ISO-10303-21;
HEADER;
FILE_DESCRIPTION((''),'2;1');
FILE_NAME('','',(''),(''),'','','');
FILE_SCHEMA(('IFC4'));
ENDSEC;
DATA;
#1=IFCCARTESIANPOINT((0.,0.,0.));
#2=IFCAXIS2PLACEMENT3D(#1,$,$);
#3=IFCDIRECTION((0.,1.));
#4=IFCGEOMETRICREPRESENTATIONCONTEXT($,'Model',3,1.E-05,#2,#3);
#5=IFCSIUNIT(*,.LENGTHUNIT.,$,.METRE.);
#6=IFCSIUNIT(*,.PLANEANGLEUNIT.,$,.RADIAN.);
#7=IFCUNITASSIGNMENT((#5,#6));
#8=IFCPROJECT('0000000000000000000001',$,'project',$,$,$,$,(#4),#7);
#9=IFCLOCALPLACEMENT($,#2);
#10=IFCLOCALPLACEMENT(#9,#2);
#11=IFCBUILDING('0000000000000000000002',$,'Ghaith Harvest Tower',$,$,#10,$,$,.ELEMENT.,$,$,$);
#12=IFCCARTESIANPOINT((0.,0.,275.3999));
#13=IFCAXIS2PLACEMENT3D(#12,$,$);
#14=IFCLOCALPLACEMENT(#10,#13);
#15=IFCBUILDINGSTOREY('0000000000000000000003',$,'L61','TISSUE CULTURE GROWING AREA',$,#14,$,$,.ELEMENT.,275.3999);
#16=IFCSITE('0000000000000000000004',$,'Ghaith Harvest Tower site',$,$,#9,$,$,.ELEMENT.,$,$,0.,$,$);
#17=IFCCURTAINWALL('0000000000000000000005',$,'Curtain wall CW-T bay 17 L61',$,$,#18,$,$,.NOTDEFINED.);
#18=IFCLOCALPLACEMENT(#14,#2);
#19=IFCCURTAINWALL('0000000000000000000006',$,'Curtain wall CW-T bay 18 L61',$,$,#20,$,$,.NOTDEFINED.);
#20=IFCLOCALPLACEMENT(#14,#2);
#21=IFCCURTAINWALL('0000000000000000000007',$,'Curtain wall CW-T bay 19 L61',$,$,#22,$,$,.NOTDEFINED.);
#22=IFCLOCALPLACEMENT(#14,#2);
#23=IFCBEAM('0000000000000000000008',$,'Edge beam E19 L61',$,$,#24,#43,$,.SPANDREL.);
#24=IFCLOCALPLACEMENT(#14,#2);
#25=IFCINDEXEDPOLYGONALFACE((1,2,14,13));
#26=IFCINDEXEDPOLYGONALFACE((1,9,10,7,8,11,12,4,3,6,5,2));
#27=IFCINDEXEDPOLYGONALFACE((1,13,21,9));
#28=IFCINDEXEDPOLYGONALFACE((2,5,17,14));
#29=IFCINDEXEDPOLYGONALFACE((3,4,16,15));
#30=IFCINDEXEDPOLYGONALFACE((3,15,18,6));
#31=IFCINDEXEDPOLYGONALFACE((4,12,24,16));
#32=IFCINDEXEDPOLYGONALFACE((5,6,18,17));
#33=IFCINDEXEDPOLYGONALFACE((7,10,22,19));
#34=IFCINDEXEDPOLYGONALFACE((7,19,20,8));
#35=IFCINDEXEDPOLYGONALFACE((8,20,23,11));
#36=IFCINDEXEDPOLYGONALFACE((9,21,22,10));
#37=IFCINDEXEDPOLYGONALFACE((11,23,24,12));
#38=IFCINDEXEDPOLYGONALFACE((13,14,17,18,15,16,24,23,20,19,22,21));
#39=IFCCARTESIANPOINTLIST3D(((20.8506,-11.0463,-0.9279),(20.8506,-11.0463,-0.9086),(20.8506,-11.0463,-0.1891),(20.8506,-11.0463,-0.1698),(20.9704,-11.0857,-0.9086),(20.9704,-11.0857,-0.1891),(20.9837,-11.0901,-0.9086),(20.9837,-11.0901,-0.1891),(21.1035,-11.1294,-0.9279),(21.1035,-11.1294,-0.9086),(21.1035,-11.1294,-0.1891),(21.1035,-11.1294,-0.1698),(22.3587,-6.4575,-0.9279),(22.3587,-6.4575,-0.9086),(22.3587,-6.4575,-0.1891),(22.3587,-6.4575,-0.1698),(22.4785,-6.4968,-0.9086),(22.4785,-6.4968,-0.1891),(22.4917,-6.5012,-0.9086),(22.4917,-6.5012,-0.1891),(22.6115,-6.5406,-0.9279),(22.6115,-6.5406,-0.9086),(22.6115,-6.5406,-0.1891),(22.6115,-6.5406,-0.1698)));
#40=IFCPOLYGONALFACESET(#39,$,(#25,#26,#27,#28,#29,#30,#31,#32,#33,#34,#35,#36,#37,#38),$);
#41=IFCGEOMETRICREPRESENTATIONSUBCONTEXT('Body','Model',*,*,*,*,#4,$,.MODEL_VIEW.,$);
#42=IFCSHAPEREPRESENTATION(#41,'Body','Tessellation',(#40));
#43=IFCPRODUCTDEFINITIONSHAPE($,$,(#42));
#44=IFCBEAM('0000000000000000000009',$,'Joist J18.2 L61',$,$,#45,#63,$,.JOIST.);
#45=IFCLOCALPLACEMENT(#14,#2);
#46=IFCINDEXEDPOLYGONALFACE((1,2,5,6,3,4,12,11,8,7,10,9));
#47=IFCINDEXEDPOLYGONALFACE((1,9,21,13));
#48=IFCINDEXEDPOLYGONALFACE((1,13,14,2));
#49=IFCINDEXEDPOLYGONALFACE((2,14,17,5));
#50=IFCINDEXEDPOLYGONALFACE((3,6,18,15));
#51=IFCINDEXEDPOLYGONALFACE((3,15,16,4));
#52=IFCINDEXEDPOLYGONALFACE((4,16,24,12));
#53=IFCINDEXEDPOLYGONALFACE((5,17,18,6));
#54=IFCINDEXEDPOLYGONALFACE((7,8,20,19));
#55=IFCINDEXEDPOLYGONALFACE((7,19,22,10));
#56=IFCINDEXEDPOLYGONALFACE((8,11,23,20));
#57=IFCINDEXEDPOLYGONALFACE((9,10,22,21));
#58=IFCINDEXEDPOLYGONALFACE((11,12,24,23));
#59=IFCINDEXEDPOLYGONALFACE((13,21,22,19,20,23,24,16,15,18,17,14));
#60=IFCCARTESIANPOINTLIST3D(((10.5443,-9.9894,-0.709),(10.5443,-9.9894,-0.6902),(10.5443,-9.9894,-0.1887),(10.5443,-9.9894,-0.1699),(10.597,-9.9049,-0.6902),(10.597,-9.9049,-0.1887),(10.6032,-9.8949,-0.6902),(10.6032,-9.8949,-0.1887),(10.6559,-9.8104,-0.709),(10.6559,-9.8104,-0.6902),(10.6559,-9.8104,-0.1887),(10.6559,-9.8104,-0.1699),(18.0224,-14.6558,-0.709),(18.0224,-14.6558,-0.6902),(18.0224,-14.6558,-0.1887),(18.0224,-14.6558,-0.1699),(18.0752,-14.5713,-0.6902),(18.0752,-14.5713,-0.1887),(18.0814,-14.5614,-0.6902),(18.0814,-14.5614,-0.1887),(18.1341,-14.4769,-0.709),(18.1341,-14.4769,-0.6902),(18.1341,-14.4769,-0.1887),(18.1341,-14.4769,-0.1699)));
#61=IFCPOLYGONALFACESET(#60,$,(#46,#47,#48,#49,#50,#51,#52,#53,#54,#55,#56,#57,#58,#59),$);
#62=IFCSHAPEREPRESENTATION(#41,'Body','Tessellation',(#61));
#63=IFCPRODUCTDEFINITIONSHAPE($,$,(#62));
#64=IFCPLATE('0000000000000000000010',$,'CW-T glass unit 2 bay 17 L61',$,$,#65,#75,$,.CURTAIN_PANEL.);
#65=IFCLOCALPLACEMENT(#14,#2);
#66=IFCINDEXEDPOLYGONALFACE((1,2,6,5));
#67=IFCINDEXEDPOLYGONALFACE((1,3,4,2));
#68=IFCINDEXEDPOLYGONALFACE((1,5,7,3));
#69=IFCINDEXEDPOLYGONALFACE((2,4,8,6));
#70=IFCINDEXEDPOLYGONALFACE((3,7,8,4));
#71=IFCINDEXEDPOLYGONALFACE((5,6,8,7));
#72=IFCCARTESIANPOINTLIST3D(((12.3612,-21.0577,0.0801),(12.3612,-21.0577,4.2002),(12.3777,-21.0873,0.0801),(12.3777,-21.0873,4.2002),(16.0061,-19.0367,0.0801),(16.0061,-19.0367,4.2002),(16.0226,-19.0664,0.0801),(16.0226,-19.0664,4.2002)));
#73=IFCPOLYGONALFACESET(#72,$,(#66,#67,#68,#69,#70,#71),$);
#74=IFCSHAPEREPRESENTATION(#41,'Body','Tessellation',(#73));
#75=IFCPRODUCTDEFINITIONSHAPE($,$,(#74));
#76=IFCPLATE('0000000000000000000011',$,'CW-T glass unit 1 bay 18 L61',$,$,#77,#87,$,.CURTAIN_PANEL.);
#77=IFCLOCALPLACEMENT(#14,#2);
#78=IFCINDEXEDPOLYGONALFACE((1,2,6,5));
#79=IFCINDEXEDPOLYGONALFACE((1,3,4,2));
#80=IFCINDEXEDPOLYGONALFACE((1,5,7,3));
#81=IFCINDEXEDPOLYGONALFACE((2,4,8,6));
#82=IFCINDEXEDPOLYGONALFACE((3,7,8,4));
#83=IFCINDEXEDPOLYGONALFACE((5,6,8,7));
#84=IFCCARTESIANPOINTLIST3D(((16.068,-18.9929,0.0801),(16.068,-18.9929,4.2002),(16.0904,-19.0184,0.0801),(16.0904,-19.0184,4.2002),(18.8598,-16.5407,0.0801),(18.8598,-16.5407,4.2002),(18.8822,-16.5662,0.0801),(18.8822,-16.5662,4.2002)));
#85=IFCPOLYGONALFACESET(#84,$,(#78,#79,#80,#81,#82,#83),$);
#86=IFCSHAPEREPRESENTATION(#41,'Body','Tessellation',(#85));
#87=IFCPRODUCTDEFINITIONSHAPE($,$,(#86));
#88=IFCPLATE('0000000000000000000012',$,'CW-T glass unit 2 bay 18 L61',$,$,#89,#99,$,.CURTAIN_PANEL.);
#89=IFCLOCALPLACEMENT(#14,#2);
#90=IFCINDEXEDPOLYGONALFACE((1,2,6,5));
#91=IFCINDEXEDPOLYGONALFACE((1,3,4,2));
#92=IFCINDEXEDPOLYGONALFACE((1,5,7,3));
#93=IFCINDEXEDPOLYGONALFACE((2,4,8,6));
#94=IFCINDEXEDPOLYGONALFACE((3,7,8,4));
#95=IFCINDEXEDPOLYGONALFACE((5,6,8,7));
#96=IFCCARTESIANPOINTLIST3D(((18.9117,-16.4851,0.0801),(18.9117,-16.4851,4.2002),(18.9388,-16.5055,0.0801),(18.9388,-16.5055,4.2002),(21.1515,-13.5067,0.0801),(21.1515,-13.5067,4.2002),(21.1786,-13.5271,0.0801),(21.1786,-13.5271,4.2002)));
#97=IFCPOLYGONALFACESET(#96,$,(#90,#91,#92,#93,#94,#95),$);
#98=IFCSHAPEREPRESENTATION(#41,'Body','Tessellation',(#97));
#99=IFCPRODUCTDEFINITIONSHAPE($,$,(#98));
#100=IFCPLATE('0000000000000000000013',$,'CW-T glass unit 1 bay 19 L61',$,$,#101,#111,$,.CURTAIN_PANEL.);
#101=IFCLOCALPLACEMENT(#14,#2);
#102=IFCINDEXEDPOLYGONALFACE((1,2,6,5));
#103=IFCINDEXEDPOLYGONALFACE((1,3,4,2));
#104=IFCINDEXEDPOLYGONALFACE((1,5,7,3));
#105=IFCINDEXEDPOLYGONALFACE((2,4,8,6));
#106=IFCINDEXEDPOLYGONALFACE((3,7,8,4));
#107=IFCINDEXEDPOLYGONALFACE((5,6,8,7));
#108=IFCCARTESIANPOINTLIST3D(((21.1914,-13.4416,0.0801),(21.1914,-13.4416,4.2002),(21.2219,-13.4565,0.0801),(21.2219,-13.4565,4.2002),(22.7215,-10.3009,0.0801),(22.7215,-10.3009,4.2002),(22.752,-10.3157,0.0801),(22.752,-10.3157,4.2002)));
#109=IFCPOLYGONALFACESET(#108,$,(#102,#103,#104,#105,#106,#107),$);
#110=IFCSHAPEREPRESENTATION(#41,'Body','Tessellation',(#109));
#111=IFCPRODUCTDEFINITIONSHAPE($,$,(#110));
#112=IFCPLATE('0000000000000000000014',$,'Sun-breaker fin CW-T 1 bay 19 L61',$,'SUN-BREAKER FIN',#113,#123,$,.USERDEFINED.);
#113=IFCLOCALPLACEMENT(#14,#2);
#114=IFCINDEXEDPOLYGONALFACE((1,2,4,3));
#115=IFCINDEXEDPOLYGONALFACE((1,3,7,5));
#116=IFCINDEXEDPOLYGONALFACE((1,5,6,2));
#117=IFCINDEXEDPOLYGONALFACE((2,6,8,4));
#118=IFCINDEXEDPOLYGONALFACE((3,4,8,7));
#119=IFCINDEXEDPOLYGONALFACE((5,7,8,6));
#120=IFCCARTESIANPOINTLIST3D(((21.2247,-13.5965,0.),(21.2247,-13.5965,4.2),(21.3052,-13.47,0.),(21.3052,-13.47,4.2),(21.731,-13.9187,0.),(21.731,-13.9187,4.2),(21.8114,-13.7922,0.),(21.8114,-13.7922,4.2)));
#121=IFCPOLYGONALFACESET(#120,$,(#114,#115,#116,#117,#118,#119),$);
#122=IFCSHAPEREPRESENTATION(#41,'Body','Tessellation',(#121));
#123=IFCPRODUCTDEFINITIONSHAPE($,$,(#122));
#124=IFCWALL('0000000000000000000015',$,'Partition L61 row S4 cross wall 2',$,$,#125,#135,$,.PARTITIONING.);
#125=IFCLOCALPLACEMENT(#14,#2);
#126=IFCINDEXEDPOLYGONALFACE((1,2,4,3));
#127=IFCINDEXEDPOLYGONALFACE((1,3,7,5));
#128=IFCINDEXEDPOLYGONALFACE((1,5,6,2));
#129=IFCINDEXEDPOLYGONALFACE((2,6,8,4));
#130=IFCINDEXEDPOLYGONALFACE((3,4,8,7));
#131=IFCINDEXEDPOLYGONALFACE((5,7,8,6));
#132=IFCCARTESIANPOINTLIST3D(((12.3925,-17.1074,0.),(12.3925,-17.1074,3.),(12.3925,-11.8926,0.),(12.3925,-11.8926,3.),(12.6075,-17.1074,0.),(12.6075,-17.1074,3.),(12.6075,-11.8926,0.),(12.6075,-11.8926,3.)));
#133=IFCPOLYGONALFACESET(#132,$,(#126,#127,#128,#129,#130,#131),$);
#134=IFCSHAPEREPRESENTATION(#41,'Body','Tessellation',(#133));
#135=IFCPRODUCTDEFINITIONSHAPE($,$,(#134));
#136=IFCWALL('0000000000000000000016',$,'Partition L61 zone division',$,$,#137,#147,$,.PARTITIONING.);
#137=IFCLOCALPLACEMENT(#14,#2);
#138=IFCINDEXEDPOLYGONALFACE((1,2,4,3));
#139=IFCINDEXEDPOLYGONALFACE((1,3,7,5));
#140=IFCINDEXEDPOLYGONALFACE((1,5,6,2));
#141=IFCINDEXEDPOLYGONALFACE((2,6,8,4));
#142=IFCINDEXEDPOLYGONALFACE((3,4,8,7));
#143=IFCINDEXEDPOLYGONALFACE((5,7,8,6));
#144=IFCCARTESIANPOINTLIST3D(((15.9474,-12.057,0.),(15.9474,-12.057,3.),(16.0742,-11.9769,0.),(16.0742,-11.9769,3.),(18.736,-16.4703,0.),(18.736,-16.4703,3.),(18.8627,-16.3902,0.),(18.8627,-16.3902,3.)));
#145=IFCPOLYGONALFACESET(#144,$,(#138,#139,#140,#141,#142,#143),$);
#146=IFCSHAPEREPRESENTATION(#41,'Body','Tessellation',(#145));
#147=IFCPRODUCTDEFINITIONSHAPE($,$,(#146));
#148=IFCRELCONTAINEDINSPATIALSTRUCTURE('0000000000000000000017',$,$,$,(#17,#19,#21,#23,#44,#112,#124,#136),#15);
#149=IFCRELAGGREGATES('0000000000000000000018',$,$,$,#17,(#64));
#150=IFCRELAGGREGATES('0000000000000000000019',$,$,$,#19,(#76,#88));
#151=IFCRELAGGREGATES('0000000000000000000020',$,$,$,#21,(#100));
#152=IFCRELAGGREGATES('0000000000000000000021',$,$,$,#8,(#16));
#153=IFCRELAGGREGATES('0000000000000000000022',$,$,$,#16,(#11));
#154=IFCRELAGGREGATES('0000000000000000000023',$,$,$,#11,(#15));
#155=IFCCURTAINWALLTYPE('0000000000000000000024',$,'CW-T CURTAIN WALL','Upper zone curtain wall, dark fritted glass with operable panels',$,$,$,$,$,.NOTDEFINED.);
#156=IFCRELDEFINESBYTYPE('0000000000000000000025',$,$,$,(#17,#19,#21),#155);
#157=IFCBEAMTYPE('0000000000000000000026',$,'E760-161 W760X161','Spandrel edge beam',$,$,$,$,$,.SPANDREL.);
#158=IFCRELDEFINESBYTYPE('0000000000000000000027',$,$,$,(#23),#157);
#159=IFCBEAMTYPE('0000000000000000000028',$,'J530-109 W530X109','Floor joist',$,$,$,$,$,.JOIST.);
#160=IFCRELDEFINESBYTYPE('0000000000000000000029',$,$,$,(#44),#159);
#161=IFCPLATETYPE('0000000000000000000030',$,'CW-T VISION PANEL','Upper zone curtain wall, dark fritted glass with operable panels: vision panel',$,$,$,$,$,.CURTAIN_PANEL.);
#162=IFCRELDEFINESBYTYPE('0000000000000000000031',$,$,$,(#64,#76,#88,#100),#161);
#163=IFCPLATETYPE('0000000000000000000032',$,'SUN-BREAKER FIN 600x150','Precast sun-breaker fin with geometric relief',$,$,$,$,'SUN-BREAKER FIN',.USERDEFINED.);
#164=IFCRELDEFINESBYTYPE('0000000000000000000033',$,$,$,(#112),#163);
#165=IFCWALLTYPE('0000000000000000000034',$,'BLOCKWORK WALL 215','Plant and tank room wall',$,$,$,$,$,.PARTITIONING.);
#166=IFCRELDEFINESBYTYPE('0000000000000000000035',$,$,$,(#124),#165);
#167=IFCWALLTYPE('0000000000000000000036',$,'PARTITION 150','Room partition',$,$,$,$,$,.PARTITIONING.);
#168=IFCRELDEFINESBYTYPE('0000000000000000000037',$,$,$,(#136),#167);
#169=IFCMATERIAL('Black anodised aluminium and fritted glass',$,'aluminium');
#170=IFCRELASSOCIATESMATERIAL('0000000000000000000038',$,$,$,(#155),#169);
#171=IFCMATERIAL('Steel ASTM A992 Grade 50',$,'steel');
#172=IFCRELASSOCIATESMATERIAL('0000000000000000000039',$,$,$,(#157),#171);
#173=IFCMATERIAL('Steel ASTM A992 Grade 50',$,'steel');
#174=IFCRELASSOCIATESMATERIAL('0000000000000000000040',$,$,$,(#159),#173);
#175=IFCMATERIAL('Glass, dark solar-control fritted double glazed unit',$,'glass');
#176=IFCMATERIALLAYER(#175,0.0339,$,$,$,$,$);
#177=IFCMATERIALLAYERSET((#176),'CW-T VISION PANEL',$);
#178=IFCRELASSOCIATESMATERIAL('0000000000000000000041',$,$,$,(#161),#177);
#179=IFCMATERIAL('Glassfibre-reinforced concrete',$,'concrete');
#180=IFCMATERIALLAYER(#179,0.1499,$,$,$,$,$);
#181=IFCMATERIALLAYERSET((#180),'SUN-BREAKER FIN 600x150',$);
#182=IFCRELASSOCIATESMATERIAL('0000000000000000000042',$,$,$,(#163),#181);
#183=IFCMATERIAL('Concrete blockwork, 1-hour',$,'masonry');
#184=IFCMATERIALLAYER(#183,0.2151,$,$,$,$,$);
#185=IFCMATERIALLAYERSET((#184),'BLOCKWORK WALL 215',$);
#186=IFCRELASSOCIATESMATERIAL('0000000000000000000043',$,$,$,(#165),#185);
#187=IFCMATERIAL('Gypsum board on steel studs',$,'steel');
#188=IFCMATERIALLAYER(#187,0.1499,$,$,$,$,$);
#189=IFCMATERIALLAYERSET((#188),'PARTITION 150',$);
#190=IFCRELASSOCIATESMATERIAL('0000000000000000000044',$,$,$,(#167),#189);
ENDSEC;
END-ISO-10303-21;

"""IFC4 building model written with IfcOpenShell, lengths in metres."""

from ifc_helpers import new_model, si_unit, direction, frame, frame_2d, origin, origin_2d, place, context, subcontext, project, spatial, rectangle, i_section, extrude, material, layer, layer_set, material_profile, profile_set, type_object, element, aggregate, save


model = new_model("IFC4")

# Units and contexts
model_context = context("Model", 3, precision=1e-05, world=origin(), true_north=direction((0.0, 1.0)))
body_context = subcontext(model_context, "Body", "Model", "MODEL_VIEW")
ifc_project = project(units=[si_unit("LENGTHUNIT", "METRE"), si_unit("PLANEANGLEUNIT", "RADIAN")], contexts=[model_context])

# Site, building, storey
site_placement = place(None, origin())
site = spatial("IfcSite", under=ifc_project, at=site_placement, Name="Ghaith Harvest Tower site", CompositionType="ELEMENT", RefElevation=0.0)
building_placement = place(site_placement, origin())
building = spatial("IfcBuilding", under=site, at=building_placement, Name="Ghaith Harvest Tower", CompositionType="ELEMENT")
storey_placement = place(building_placement, frame((0.0, 0.0, 275.3999)))
storey = spatial("IfcBuildingStorey", under=building, at=storey_placement, Name="L61", Description="TISSUE CULTURE GROWING AREA", CompositionType="ELEMENT", Elevation=275.3999)

# Curtain wall
ifc_material_1 = material(Name="Black anodised aluminium and fritted glass", Category="aluminium")
curtain_wall_type = type_object("IfcCurtainWallType", Name="CW-T CURTAIN WALL", Description="Upper zone curtain wall, dark fritted glass with operable panels", PredefinedType="NOTDEFINED", material=ifc_material_1)
curtain_wall_1_placement = place(storey_placement, origin())
curtain_wall_1 = element("IfcCurtainWall", 1, at=curtain_wall_1_placement, inside=storey, type_object=curtain_wall_type, Name="Curtain wall CW-T bay 17 L61", PredefinedType="NOTDEFINED")

# Curtain walls
curtain_wall_2_placement = place(storey_placement, origin())
curtain_wall_2 = element("IfcCurtainWall", 2, at=curtain_wall_2_placement, inside=storey, type_object=curtain_wall_type, Name="Curtain wall CW-T bay 18 L61", PredefinedType="NOTDEFINED")
curtain_wall_3_placement = place(storey_placement, origin())
curtain_wall_3 = element("IfcCurtainWall", 3, at=curtain_wall_3_placement, inside=storey, type_object=curtain_wall_type, Name="Curtain wall CW-T bay 19 L61", PredefinedType="NOTDEFINED")

# Beams
ifc_material_2 = material(Name="Steel ASTM A992 Grade 50", Category="steel")
ifc_material_profile_1 = material_profile(ifc_material_2, i_section(OverallWidth=0.2661, OverallDepth=0.7581, WebThickness=0.0139, FlangeThickness=0.0193, at=origin_2d()), Name="W760X161")
ifc_profile_set_1 = profile_set([ifc_material_profile_1], Name="Steel ASTM A992 Grade 50")
beam_type_1 = type_object("IfcBeamType", Name="E760-161 W760X161", Description="Spandrel edge beam", PredefinedType="SPANDREL", material=ifc_profile_set_1)
beam_1_placement = place(storey_placement, frame((20.9771, -11.0879, -0.5488), z_axis=(0.312207, 0.950014, 0.0), x_axis=(-0.950014, 0.312207, 0.0)))
element("IfcBeam", 4, at=beam_1_placement, inside=storey, type_object=beam_type_1, Name="Edge beam E19 L61", PredefinedType="SPANDREL", context=body_context, shape_type="SweptSolid", body=[
    extrude(i_section(OverallWidth=0.2661, OverallDepth=0.7581, WebThickness=0.0139, FlangeThickness=0.0193, at=origin_2d()), origin(), (0.0, 0.0, 1.0), 4.8303),
])
ifc_material_3 = material(Name="Steel ASTM A992 Grade 50", Category="steel")
ifc_material_profile_2 = material_profile(ifc_material_3, i_section(OverallWidth=0.2109, OverallDepth=0.5391, WebThickness=0.0117, FlangeThickness=0.0188, at=origin_2d()), Name="W530X109")
ifc_profile_set_2 = profile_set([ifc_material_profile_2], Name="Steel ASTM A992 Grade 50")
beam_type_2 = type_object("IfcBeamType", Name="J530-109 W530X109", Description="Floor joist", PredefinedType="JOIST", material=ifc_profile_set_2)
beam_2_placement = place(storey_placement, frame((10.6001, -9.8999, -0.4395), z_axis=(0.848376, -0.529394, 0.0), x_axis=(0.529394, 0.848376, 0.0)))
element("IfcBeam", 5, at=beam_2_placement, inside=storey, type_object=beam_type_2, Name="Joist J18.2 L61", PredefinedType="JOIST", context=body_context, shape_type="SweptSolid", body=[
    extrude(i_section(OverallWidth=0.2109, OverallDepth=0.5391, WebThickness=0.0117, FlangeThickness=0.0188, at=origin_2d()), origin(), (0.0, 0.0, 1.0), 8.8147),
])

# Plates
ifc_material_4 = material(Name="Glass, dark solar-control fritted double glazed unit", Category="glass")
ifc_layer_1 = layer(ifc_material_4, 0.0339)
ifc_layer_set_1 = layer_set([ifc_layer_1], Name="CW-T VISION PANEL")
plate_type_1 = type_object("IfcPlateType", Name="CW-T VISION PANEL", Description="Upper zone curtain wall, dark fritted glass with operable panels: vision panel", PredefinedType="CURTAIN_PANEL", material=ifc_layer_set_1)
plate_1_placement = place(storey_placement, frame((14.1919, -20.062, 0.0801), z_axis=(0.0, 0.0, 1.0), x_axis=(0.874564, 0.48491, 0.0)))
plate_1 = element("IfcPlate", 6, at=plate_1_placement, type_object=plate_type_1, Name="CW-T glass unit 2 bay 17 L61", PredefinedType="CURTAIN_PANEL", context=body_context, shape_type="SweptSolid", body=[
    extrude(rectangle(XDim=4.1677, YDim=0.0339, at=origin_2d()), origin(), (0.0, 0.0, 1.0), 4.1201),
])
aggregate(curtain_wall_1, [plate_1])
plate_2_placement = place(storey_placement, frame((17.4751, -17.7795, 0.0801), z_axis=(0.0, 0.0, 1.0), x_axis=(0.751335, 0.659922, 0.0)))
plate_2 = element("IfcPlate", 7, at=plate_2_placement, type_object=plate_type_1, Name="CW-T glass unit 1 bay 18 L61", PredefinedType="CURTAIN_PANEL", context=body_context, shape_type="SweptSolid", body=[
    extrude(rectangle(XDim=3.7158, YDim=0.0339, at=origin_2d()), origin(), (0.0, 0.0, 1.0), 4.1201),
])
plate_3_placement = place(storey_placement, frame((20.0452, -15.0061, 0.0801), z_axis=(0.0, 0.0, 1.0), x_axis=(0.601048, 0.799213, 0.0)))
plate_3 = element("IfcPlate", 8, at=plate_3_placement, type_object=plate_type_1, Name="CW-T glass unit 2 bay 18 L61", PredefinedType="CURTAIN_PANEL", context=body_context, shape_type="SweptSolid", body=[
    extrude(rectangle(XDim=3.7266, YDim=0.0339, at=origin_2d()), origin(), (0.0, 0.0, 1.0), 4.1201),
])
aggregate(curtain_wall_2, [plate_2, plate_3])
plate_4_placement = place(storey_placement, frame((21.9717, -11.8787, 0.0801), z_axis=(0.0, 0.0, 1.0), x_axis=(0.437968, 0.89899, 0.0)))
plate_4 = element("IfcPlate", 9, at=plate_4_placement, type_object=plate_type_1, Name="CW-T glass unit 1 bay 19 L61", PredefinedType="CURTAIN_PANEL", context=body_context, shape_type="SweptSolid", body=[
    extrude(rectangle(XDim=3.4937, YDim=0.0339, at=origin_2d()), origin(), (0.0, 0.0, 1.0), 4.1201),
])
aggregate(curtain_wall_3, [plate_4])
ifc_material_5 = material(Name="Glassfibre-reinforced concrete", Category="concrete")
ifc_layer_2 = layer(ifc_material_5, 0.1499)
ifc_layer_set_2 = layer_set([ifc_layer_2], Name="SUN-BREAKER FIN 600x150")
plate_type_2 = type_object("IfcPlateType", Name="SUN-BREAKER FIN 600x150", Description="Precast sun-breaker fin with geometric relief", ElementType="SUN-BREAKER FIN", PredefinedType="USERDEFINED", material=ifc_layer_set_2)
plate_5_placement = place(storey_placement, frame((21.5181, -13.6943, 0.0), z_axis=(0.0, 0.0, 1.0), x_axis=(0.843644, -0.536903, 0.0)))
element("IfcPlate", 10, at=plate_5_placement, inside=storey, type_object=plate_type_2, Name="Sun-breaker fin CW-T 1 bay 19 L61", ObjectType="SUN-BREAKER FIN", PredefinedType="USERDEFINED", context=body_context, shape_type="SweptSolid", body=[
    extrude(rectangle(XDim=0.6001, YDim=0.1499, at=origin_2d()), origin(), (0.0, 0.0, 1.0), 4.2),
])

# Walls
ifc_material_6 = material(Name="Concrete blockwork, 1-hour", Category="masonry")
ifc_layer_3 = layer(ifc_material_6, 0.2151)
ifc_layer_set_3 = layer_set([ifc_layer_3], Name="BLOCKWORK WALL 215")
wall_type_1 = type_object("IfcWallType", Name="BLOCKWORK WALL 215", Description="Plant and tank room wall", PredefinedType="PARTITIONING", material=ifc_layer_set_3)
wall_1_placement = place(storey_placement, frame((12.5, -11.8926, 0.0), z_axis=(0.0, 0.0, 1.0), x_axis=(0.0, -1.0, 0.0)))
element("IfcWall", 11, at=wall_1_placement, inside=storey, type_object=wall_type_1, Name="Partition L61 row S4 cross wall 2", PredefinedType="PARTITIONING", context=body_context, shape_type="SweptSolid", body=[
    extrude(rectangle(XDim=5.2148, YDim=0.2151, at=frame_2d((2.6074, 0.0))), origin(), (0.0, 0.0, 1.0), 3.0),
])
ifc_material_7 = material(Name="Gypsum board on steel studs", Category="steel")
ifc_layer_4 = layer(ifc_material_7, 0.1499)
ifc_layer_set_4 = layer_set([ifc_layer_4], Name="PARTITION 150")
wall_type_2 = type_object("IfcWallType", Name="PARTITION 150", Description="Room partition", PredefinedType="PARTITIONING", material=ifc_layer_set_4)
wall_2_placement = place(storey_placement, frame((16.0107, -12.0168, 0.0), z_axis=(0.0, 0.0, 1.0), x_axis=(0.534158, -0.845384, 0.0)))
element("IfcWall", 12, at=wall_2_placement, inside=storey, type_object=wall_type_2, Name="Partition L61 zone division", PredefinedType="PARTITIONING", context=body_context, shape_type="SweptSolid", body=[
    extrude(rectangle(XDim=5.2205, YDim=0.1499, at=frame_2d((2.6104, 0.0))), origin(), (0.0, 0.0, 1.0), 3.0),
])

save(model, "model.ifc")
